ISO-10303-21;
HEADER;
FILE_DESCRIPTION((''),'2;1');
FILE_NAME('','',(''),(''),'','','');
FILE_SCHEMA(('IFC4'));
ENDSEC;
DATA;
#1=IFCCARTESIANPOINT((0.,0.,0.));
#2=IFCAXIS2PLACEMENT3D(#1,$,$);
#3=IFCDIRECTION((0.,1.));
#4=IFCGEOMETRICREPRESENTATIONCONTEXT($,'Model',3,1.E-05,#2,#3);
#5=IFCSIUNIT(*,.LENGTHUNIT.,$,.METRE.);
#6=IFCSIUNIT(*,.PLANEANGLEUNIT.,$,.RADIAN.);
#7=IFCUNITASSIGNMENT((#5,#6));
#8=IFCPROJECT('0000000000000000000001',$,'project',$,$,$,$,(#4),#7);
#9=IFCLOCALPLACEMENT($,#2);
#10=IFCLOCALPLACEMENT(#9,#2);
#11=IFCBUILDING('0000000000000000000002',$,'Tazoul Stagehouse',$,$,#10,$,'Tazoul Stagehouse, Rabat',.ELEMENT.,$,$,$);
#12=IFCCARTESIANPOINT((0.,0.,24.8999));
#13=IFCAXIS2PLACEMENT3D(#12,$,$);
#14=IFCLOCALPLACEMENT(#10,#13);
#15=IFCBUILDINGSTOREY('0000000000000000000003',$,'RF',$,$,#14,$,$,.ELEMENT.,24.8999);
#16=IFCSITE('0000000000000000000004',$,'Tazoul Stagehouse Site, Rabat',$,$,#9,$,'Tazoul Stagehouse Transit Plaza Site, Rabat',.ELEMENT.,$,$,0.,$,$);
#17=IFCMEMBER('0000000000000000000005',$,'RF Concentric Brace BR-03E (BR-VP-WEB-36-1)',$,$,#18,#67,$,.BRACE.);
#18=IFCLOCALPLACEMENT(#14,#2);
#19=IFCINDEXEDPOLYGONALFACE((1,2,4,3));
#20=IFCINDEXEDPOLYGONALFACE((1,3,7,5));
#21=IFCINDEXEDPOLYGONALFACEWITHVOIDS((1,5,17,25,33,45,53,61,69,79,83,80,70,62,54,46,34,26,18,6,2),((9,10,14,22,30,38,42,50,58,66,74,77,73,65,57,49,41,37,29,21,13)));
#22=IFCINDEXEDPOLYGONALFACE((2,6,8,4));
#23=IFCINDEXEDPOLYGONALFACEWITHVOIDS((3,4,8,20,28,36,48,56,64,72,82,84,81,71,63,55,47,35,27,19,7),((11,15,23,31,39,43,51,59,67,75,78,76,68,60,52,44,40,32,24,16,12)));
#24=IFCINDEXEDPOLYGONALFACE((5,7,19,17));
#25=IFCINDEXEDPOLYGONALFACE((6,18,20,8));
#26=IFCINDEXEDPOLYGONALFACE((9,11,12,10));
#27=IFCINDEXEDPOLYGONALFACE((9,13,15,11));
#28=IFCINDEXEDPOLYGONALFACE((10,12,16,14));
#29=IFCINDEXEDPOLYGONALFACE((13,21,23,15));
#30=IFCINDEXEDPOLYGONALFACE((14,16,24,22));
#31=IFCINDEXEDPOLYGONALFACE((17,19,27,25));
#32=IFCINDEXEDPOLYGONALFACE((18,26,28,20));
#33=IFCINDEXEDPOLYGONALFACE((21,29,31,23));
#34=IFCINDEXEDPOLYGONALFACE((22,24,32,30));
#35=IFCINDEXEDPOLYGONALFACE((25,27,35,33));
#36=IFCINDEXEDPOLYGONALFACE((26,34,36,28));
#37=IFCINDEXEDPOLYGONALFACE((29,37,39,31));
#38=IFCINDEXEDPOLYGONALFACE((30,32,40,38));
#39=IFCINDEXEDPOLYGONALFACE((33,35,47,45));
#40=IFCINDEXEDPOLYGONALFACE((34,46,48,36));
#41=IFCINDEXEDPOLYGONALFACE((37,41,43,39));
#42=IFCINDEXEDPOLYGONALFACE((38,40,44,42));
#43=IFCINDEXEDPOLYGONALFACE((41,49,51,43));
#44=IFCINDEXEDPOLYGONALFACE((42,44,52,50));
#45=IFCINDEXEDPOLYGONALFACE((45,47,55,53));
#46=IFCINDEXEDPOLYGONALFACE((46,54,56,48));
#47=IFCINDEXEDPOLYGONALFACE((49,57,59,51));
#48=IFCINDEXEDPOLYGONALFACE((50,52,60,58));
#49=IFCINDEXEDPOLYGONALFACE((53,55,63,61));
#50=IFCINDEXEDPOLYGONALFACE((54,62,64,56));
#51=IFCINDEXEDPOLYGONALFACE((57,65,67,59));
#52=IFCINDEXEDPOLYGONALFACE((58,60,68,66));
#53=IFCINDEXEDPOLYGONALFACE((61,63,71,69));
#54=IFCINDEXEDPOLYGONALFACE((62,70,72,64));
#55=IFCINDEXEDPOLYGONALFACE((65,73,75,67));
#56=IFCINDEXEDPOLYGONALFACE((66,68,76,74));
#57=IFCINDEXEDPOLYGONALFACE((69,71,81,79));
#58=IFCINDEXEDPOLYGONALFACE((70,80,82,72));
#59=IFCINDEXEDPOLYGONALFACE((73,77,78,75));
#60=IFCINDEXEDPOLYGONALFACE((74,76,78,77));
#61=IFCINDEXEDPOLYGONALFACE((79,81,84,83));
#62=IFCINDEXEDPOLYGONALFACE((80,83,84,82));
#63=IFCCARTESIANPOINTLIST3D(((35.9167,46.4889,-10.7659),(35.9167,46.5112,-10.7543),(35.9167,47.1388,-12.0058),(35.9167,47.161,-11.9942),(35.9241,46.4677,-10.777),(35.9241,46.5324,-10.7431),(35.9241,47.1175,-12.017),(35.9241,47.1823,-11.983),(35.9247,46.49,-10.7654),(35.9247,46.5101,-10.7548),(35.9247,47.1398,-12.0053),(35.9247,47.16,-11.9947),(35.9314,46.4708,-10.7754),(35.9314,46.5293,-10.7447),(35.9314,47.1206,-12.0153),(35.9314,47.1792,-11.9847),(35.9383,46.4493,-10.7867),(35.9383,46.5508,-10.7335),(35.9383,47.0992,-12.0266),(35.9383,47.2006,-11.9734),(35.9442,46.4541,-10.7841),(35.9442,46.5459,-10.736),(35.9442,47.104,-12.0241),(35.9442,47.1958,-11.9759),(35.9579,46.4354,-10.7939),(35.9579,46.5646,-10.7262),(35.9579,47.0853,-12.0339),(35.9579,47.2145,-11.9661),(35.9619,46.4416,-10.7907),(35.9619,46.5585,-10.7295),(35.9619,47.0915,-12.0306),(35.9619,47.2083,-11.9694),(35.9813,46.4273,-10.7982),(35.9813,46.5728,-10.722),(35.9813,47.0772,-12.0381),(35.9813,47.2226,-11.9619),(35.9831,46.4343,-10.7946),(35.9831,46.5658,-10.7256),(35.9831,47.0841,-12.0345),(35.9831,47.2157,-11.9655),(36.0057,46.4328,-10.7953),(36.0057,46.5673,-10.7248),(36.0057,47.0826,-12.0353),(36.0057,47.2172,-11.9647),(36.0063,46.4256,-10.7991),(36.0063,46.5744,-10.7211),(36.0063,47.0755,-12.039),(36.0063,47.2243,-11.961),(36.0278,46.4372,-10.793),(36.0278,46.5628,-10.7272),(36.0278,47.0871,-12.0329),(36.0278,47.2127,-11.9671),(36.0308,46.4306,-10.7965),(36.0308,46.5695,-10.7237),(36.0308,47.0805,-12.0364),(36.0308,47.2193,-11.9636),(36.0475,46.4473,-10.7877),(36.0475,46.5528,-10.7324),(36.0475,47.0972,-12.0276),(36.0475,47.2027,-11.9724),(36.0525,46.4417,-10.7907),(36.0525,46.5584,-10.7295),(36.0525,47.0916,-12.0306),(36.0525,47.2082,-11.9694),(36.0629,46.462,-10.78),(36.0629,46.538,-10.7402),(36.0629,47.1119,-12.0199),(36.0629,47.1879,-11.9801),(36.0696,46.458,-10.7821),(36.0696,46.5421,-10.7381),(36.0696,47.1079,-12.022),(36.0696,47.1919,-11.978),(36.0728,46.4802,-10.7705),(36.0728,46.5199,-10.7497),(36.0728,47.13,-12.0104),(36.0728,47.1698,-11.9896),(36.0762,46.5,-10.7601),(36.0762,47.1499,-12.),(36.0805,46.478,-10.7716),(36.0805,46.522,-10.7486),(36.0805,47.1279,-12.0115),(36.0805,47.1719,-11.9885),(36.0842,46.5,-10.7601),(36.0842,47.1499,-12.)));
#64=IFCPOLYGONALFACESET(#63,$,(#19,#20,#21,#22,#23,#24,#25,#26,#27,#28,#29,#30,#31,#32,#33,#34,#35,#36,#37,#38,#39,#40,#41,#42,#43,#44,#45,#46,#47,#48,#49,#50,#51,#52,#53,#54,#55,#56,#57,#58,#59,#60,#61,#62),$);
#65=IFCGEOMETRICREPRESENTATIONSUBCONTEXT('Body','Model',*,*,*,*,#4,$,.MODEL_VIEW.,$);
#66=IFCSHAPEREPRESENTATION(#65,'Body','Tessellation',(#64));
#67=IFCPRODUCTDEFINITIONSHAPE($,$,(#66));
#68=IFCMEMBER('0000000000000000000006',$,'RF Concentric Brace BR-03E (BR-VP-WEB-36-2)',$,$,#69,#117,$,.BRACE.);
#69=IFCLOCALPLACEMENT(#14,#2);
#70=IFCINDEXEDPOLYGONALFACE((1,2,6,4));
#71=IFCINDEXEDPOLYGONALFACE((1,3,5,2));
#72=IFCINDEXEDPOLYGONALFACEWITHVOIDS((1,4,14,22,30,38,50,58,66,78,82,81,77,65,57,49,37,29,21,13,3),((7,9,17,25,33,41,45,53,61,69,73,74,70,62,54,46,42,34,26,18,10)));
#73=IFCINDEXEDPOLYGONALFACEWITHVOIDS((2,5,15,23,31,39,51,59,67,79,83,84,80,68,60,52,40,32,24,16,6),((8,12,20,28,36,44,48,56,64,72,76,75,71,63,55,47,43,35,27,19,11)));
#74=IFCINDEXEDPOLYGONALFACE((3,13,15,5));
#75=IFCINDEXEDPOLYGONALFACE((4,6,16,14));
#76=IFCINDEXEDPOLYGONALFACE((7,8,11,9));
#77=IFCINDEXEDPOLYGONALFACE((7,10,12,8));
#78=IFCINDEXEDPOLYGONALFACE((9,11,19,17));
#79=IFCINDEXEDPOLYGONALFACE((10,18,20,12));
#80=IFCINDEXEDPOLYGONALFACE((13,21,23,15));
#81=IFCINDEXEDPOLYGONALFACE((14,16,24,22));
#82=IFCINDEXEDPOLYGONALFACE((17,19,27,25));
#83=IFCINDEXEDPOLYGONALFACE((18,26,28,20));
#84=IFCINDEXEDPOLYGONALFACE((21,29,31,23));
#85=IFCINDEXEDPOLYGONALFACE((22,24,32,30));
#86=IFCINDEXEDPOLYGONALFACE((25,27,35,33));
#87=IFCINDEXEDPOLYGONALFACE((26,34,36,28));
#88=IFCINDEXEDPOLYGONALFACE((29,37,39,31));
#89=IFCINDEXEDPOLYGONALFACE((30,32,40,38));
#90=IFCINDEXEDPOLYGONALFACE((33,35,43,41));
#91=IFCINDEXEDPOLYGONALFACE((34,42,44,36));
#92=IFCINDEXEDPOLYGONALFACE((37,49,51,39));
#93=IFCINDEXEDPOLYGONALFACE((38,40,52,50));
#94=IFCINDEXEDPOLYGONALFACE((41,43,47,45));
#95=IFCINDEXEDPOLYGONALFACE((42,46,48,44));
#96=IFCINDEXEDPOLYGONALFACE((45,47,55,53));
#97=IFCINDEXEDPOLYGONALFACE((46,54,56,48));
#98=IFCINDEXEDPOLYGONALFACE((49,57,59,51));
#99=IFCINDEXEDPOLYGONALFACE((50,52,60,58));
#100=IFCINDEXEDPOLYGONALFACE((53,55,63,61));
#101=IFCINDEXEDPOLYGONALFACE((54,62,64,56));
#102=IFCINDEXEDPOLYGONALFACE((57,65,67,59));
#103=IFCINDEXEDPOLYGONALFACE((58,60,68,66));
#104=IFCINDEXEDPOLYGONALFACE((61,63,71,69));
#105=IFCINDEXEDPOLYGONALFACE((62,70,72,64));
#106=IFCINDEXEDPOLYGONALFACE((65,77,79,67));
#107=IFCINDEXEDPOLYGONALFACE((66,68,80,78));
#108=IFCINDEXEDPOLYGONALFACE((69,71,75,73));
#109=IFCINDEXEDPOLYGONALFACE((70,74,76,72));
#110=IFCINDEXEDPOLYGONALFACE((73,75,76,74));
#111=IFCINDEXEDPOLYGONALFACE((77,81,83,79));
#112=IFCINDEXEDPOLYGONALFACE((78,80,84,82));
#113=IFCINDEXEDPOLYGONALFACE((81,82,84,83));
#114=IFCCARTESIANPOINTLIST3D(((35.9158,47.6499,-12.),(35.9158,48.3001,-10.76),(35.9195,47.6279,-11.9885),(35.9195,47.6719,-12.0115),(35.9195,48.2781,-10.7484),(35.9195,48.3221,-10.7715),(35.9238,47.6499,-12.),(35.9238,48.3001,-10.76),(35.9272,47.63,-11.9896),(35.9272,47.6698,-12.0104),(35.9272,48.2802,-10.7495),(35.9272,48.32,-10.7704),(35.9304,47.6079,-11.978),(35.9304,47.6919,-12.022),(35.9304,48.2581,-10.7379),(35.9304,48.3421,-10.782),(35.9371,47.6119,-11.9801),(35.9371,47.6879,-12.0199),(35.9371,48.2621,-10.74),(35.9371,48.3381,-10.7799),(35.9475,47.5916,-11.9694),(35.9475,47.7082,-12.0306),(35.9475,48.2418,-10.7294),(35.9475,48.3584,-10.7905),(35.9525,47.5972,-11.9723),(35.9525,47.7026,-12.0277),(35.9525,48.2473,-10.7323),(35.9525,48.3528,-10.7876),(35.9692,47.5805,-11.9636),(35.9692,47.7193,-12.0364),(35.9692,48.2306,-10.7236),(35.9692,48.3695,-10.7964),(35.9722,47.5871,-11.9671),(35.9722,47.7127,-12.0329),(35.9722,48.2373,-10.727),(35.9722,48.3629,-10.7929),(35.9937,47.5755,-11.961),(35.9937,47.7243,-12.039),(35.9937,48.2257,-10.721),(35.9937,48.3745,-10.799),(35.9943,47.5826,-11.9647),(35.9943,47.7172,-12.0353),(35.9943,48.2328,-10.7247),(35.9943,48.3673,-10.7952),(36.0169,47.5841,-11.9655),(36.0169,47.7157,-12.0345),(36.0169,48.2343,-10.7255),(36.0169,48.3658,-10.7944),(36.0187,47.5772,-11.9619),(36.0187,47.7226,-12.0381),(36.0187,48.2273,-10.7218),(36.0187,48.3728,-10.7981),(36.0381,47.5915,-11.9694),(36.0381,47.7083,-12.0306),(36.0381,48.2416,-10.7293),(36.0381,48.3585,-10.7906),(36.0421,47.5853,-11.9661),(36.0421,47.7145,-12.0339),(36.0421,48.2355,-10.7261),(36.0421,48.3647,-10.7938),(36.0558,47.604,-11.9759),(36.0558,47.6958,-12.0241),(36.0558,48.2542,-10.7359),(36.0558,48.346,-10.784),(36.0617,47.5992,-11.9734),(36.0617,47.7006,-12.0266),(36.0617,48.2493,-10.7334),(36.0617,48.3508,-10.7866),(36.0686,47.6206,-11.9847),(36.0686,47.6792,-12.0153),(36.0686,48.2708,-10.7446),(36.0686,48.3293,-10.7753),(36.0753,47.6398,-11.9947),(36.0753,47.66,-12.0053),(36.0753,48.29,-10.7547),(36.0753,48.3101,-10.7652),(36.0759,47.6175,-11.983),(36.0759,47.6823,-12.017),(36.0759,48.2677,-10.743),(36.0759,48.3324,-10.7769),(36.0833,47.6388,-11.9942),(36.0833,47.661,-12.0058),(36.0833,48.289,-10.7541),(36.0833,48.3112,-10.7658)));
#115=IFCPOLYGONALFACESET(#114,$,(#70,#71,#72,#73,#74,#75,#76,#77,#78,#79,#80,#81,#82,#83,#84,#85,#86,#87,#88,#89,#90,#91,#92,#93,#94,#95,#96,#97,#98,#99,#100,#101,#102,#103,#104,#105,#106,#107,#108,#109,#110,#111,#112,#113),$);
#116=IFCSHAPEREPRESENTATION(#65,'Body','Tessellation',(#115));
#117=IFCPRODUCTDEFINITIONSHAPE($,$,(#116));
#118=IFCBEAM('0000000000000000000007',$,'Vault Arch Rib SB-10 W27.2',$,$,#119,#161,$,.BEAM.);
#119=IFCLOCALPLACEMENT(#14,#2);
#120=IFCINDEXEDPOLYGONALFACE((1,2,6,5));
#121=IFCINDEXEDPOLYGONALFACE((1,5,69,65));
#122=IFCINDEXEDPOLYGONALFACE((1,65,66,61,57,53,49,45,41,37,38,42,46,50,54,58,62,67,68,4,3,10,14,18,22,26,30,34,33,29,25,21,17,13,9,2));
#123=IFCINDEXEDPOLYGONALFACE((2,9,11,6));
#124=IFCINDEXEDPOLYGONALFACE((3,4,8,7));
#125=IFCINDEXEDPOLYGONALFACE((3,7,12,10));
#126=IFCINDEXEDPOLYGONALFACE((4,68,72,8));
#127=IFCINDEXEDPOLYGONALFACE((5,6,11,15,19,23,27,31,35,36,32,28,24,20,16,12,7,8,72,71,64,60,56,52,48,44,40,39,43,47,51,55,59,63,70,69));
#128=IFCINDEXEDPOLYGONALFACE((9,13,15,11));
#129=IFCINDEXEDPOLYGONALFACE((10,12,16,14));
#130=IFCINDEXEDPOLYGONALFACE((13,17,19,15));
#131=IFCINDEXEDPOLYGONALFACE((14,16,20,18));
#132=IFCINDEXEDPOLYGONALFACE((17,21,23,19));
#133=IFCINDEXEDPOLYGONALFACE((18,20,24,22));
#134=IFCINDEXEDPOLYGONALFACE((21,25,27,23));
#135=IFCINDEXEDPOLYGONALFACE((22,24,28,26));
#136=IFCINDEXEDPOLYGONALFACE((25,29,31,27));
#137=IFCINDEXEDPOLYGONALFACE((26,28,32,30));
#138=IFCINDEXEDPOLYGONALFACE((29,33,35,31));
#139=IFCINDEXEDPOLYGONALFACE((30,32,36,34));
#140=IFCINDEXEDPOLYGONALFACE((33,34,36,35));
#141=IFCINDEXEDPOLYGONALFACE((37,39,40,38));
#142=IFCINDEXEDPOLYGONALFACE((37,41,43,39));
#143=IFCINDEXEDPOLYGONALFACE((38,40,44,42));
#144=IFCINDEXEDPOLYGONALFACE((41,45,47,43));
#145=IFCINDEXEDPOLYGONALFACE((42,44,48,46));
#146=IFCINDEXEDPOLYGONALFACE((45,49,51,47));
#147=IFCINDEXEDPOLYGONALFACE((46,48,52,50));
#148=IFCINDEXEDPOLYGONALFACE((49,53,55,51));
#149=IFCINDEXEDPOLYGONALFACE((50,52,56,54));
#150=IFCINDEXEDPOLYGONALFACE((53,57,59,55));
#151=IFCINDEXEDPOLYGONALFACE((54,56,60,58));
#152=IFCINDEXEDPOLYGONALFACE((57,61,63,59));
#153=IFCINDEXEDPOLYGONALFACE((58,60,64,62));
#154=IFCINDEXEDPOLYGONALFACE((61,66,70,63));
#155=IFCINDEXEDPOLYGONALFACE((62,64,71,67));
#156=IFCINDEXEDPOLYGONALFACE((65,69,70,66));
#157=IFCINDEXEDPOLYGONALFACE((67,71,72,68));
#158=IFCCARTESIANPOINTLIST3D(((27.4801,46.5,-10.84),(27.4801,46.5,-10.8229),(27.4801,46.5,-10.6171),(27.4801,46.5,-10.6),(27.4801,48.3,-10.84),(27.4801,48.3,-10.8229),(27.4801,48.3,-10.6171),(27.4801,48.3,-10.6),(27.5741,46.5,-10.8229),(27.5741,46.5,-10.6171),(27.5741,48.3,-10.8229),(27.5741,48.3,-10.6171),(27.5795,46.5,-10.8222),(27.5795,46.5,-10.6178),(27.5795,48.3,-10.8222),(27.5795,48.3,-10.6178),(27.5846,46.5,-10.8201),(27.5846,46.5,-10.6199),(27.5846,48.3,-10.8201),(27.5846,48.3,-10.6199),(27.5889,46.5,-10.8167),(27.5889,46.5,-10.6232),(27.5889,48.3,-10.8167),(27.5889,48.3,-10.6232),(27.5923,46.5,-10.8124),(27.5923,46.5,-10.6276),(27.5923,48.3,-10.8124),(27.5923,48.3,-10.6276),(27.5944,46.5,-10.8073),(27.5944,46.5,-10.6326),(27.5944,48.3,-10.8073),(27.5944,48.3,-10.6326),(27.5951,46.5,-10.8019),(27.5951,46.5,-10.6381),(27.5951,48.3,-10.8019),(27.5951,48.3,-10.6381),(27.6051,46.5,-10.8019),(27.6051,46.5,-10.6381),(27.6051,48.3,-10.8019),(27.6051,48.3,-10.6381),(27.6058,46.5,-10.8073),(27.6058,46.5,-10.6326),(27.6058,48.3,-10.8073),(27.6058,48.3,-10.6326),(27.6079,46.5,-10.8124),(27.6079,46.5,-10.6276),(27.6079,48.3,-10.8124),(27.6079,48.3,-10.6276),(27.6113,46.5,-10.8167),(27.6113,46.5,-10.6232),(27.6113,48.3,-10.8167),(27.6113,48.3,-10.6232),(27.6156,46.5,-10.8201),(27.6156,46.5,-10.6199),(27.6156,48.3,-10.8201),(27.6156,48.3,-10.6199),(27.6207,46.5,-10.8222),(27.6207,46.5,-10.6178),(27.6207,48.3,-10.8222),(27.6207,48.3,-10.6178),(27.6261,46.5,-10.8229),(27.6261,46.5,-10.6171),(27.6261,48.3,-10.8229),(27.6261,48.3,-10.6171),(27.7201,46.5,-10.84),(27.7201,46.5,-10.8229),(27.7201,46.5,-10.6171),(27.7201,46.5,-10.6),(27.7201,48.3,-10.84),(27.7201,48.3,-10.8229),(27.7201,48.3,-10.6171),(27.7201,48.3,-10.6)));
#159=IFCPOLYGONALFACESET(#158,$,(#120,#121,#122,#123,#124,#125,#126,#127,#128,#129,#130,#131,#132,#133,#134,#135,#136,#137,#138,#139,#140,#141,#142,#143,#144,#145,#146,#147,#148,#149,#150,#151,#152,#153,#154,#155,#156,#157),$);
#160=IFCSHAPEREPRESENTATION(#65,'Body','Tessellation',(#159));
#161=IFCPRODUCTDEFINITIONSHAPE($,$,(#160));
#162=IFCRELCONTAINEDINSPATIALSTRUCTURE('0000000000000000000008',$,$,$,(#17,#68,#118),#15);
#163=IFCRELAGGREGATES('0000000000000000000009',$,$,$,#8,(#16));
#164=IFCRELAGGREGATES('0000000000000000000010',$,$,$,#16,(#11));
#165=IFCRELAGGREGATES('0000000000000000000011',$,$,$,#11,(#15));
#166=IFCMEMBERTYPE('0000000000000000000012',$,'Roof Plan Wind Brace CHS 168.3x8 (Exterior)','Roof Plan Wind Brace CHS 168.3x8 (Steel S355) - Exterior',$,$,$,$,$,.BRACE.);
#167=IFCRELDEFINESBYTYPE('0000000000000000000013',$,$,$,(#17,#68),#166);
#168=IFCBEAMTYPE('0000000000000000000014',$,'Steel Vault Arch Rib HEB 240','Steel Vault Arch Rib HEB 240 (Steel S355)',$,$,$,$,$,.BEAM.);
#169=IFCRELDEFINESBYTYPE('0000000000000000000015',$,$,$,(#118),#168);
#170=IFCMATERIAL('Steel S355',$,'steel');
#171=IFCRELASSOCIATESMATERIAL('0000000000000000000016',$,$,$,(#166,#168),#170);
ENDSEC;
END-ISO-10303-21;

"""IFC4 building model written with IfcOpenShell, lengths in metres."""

from ifc_helpers import new_model, si_unit, direction, frame, origin, origin_2d, place, context, subcontext, project, spatial, hollow_circle, i_section, extrude, material, material_profile, profile_set, type_object, element, save


model = new_model("IFC4")

# Units and contexts
model_context = context("Model", 3, precision=1e-05, world=origin(), true_north=direction((0.0, 1.0)))
body_context = subcontext(model_context, "Body", "Model", "MODEL_VIEW")
ifc_project = project(units=[si_unit("LENGTHUNIT", "METRE"), si_unit("PLANEANGLEUNIT", "RADIAN")], contexts=[model_context])

# Site, building, storey
site_placement = place(None, origin())
site = spatial("IfcSite", under=ifc_project, at=site_placement, Name="Tazoul Stagehouse Site, Rabat", LongName="Tazoul Stagehouse Transit Plaza Site, Rabat", CompositionType="ELEMENT", RefElevation=0.0)
building_placement = place(site_placement, origin())
building = spatial("IfcBuilding", under=site, at=building_placement, Name="Tazoul Stagehouse", LongName="Tazoul Stagehouse, Rabat", CompositionType="ELEMENT")
storey_placement = place(building_placement, frame((0.0, 0.0, 24.8999)))
storey = spatial("IfcBuildingStorey", under=building, at=storey_placement, Name="RF", CompositionType="ELEMENT", Elevation=24.8999)

# Members
ifc_material_1 = material(Name="Steel S355", Category="steel")
ifc_material_profile_1 = material_profile(ifc_material_1, hollow_circle(Radius=0.0842, WallThickness=0.0081, at=origin_2d()), Name="CHS 168.3x8")
ifc_profile_set_1 = profile_set([ifc_material_profile_1], Name="Steel S355")
member_type_1 = type_object("IfcMemberType", Name="Roof Plan Wind Brace CHS 168.3x8 (Exterior)", Description="Roof Plan Wind Brace CHS 168.3x8 (Steel S355) - Exterior", PredefinedType="BRACE", material=ifc_profile_set_1)
member_1_placement = place(storey_placement, frame((36.0, 47.1499, -12.0), z_axis=(0.0, -0.464222, 0.885719), x_axis=(1.0, 0.0, 0.0)))
element("IfcMember", 1, at=member_1_placement, inside=storey, type_object=member_type_1, Name="RF Concentric Brace BR-03E (BR-VP-WEB-36-1)", PredefinedType="BRACE", context=body_context, shape_type="SweptSolid", body=[
    extrude(hollow_circle(Radius=0.0842, WallThickness=0.0081, at=origin_2d()), origin(), (0.0, 0.0, 1.0), 1.3999),
])
member_2_placement = place(storey_placement, frame((36.0, 47.6499, -12.0), z_axis=(0.0, 0.464359, 0.885647), x_axis=(-1.0, 0.0, 0.0)))
element("IfcMember", 2, at=member_2_placement, inside=storey, type_object=member_type_1, Name="RF Concentric Brace BR-03E (BR-VP-WEB-36-2)", PredefinedType="BRACE", context=body_context, shape_type="SweptSolid", body=[
    extrude(hollow_circle(Radius=0.0842, WallThickness=0.0081, at=origin_2d()), origin(), (0.0, 0.0, 1.0), 1.4001),
])

# Beam
ifc_material_profile_2 = material_profile(ifc_material_1, i_section(OverallWidth=0.24, OverallDepth=0.24, WebThickness=0.01, FlangeThickness=0.0171, FilletRadius=0.021, at=origin_2d()), Name="HEB 240")
ifc_profile_set_2 = profile_set([ifc_material_profile_2], Name="Steel S355")
beam_type = type_object("IfcBeamType", Name="Steel Vault Arch Rib HEB 240", Description="Steel Vault Arch Rib HEB 240 (Steel S355)", PredefinedType="BEAM", material=ifc_profile_set_2)
beam_1_placement = place(storey_placement, frame((27.6001, 46.5, -10.72), z_axis=(0.0, 1.0, 0.0), x_axis=(-1.0, 0.0, 0.0)))
element("IfcBeam", 3, at=beam_1_placement, inside=storey, type_object=beam_type, Name="Vault Arch Rib SB-10 W27.2", PredefinedType="BEAM", context=body_context, shape_type="SweptSolid", body=[
    extrude(i_section(OverallWidth=0.24, OverallDepth=0.24, WebThickness=0.01, FlangeThickness=0.0171, FilletRadius=0.021, at=origin_2d()), origin(), (0.0, 0.0, 1.0), 1.8),
])

save(model, "model.ifc")
